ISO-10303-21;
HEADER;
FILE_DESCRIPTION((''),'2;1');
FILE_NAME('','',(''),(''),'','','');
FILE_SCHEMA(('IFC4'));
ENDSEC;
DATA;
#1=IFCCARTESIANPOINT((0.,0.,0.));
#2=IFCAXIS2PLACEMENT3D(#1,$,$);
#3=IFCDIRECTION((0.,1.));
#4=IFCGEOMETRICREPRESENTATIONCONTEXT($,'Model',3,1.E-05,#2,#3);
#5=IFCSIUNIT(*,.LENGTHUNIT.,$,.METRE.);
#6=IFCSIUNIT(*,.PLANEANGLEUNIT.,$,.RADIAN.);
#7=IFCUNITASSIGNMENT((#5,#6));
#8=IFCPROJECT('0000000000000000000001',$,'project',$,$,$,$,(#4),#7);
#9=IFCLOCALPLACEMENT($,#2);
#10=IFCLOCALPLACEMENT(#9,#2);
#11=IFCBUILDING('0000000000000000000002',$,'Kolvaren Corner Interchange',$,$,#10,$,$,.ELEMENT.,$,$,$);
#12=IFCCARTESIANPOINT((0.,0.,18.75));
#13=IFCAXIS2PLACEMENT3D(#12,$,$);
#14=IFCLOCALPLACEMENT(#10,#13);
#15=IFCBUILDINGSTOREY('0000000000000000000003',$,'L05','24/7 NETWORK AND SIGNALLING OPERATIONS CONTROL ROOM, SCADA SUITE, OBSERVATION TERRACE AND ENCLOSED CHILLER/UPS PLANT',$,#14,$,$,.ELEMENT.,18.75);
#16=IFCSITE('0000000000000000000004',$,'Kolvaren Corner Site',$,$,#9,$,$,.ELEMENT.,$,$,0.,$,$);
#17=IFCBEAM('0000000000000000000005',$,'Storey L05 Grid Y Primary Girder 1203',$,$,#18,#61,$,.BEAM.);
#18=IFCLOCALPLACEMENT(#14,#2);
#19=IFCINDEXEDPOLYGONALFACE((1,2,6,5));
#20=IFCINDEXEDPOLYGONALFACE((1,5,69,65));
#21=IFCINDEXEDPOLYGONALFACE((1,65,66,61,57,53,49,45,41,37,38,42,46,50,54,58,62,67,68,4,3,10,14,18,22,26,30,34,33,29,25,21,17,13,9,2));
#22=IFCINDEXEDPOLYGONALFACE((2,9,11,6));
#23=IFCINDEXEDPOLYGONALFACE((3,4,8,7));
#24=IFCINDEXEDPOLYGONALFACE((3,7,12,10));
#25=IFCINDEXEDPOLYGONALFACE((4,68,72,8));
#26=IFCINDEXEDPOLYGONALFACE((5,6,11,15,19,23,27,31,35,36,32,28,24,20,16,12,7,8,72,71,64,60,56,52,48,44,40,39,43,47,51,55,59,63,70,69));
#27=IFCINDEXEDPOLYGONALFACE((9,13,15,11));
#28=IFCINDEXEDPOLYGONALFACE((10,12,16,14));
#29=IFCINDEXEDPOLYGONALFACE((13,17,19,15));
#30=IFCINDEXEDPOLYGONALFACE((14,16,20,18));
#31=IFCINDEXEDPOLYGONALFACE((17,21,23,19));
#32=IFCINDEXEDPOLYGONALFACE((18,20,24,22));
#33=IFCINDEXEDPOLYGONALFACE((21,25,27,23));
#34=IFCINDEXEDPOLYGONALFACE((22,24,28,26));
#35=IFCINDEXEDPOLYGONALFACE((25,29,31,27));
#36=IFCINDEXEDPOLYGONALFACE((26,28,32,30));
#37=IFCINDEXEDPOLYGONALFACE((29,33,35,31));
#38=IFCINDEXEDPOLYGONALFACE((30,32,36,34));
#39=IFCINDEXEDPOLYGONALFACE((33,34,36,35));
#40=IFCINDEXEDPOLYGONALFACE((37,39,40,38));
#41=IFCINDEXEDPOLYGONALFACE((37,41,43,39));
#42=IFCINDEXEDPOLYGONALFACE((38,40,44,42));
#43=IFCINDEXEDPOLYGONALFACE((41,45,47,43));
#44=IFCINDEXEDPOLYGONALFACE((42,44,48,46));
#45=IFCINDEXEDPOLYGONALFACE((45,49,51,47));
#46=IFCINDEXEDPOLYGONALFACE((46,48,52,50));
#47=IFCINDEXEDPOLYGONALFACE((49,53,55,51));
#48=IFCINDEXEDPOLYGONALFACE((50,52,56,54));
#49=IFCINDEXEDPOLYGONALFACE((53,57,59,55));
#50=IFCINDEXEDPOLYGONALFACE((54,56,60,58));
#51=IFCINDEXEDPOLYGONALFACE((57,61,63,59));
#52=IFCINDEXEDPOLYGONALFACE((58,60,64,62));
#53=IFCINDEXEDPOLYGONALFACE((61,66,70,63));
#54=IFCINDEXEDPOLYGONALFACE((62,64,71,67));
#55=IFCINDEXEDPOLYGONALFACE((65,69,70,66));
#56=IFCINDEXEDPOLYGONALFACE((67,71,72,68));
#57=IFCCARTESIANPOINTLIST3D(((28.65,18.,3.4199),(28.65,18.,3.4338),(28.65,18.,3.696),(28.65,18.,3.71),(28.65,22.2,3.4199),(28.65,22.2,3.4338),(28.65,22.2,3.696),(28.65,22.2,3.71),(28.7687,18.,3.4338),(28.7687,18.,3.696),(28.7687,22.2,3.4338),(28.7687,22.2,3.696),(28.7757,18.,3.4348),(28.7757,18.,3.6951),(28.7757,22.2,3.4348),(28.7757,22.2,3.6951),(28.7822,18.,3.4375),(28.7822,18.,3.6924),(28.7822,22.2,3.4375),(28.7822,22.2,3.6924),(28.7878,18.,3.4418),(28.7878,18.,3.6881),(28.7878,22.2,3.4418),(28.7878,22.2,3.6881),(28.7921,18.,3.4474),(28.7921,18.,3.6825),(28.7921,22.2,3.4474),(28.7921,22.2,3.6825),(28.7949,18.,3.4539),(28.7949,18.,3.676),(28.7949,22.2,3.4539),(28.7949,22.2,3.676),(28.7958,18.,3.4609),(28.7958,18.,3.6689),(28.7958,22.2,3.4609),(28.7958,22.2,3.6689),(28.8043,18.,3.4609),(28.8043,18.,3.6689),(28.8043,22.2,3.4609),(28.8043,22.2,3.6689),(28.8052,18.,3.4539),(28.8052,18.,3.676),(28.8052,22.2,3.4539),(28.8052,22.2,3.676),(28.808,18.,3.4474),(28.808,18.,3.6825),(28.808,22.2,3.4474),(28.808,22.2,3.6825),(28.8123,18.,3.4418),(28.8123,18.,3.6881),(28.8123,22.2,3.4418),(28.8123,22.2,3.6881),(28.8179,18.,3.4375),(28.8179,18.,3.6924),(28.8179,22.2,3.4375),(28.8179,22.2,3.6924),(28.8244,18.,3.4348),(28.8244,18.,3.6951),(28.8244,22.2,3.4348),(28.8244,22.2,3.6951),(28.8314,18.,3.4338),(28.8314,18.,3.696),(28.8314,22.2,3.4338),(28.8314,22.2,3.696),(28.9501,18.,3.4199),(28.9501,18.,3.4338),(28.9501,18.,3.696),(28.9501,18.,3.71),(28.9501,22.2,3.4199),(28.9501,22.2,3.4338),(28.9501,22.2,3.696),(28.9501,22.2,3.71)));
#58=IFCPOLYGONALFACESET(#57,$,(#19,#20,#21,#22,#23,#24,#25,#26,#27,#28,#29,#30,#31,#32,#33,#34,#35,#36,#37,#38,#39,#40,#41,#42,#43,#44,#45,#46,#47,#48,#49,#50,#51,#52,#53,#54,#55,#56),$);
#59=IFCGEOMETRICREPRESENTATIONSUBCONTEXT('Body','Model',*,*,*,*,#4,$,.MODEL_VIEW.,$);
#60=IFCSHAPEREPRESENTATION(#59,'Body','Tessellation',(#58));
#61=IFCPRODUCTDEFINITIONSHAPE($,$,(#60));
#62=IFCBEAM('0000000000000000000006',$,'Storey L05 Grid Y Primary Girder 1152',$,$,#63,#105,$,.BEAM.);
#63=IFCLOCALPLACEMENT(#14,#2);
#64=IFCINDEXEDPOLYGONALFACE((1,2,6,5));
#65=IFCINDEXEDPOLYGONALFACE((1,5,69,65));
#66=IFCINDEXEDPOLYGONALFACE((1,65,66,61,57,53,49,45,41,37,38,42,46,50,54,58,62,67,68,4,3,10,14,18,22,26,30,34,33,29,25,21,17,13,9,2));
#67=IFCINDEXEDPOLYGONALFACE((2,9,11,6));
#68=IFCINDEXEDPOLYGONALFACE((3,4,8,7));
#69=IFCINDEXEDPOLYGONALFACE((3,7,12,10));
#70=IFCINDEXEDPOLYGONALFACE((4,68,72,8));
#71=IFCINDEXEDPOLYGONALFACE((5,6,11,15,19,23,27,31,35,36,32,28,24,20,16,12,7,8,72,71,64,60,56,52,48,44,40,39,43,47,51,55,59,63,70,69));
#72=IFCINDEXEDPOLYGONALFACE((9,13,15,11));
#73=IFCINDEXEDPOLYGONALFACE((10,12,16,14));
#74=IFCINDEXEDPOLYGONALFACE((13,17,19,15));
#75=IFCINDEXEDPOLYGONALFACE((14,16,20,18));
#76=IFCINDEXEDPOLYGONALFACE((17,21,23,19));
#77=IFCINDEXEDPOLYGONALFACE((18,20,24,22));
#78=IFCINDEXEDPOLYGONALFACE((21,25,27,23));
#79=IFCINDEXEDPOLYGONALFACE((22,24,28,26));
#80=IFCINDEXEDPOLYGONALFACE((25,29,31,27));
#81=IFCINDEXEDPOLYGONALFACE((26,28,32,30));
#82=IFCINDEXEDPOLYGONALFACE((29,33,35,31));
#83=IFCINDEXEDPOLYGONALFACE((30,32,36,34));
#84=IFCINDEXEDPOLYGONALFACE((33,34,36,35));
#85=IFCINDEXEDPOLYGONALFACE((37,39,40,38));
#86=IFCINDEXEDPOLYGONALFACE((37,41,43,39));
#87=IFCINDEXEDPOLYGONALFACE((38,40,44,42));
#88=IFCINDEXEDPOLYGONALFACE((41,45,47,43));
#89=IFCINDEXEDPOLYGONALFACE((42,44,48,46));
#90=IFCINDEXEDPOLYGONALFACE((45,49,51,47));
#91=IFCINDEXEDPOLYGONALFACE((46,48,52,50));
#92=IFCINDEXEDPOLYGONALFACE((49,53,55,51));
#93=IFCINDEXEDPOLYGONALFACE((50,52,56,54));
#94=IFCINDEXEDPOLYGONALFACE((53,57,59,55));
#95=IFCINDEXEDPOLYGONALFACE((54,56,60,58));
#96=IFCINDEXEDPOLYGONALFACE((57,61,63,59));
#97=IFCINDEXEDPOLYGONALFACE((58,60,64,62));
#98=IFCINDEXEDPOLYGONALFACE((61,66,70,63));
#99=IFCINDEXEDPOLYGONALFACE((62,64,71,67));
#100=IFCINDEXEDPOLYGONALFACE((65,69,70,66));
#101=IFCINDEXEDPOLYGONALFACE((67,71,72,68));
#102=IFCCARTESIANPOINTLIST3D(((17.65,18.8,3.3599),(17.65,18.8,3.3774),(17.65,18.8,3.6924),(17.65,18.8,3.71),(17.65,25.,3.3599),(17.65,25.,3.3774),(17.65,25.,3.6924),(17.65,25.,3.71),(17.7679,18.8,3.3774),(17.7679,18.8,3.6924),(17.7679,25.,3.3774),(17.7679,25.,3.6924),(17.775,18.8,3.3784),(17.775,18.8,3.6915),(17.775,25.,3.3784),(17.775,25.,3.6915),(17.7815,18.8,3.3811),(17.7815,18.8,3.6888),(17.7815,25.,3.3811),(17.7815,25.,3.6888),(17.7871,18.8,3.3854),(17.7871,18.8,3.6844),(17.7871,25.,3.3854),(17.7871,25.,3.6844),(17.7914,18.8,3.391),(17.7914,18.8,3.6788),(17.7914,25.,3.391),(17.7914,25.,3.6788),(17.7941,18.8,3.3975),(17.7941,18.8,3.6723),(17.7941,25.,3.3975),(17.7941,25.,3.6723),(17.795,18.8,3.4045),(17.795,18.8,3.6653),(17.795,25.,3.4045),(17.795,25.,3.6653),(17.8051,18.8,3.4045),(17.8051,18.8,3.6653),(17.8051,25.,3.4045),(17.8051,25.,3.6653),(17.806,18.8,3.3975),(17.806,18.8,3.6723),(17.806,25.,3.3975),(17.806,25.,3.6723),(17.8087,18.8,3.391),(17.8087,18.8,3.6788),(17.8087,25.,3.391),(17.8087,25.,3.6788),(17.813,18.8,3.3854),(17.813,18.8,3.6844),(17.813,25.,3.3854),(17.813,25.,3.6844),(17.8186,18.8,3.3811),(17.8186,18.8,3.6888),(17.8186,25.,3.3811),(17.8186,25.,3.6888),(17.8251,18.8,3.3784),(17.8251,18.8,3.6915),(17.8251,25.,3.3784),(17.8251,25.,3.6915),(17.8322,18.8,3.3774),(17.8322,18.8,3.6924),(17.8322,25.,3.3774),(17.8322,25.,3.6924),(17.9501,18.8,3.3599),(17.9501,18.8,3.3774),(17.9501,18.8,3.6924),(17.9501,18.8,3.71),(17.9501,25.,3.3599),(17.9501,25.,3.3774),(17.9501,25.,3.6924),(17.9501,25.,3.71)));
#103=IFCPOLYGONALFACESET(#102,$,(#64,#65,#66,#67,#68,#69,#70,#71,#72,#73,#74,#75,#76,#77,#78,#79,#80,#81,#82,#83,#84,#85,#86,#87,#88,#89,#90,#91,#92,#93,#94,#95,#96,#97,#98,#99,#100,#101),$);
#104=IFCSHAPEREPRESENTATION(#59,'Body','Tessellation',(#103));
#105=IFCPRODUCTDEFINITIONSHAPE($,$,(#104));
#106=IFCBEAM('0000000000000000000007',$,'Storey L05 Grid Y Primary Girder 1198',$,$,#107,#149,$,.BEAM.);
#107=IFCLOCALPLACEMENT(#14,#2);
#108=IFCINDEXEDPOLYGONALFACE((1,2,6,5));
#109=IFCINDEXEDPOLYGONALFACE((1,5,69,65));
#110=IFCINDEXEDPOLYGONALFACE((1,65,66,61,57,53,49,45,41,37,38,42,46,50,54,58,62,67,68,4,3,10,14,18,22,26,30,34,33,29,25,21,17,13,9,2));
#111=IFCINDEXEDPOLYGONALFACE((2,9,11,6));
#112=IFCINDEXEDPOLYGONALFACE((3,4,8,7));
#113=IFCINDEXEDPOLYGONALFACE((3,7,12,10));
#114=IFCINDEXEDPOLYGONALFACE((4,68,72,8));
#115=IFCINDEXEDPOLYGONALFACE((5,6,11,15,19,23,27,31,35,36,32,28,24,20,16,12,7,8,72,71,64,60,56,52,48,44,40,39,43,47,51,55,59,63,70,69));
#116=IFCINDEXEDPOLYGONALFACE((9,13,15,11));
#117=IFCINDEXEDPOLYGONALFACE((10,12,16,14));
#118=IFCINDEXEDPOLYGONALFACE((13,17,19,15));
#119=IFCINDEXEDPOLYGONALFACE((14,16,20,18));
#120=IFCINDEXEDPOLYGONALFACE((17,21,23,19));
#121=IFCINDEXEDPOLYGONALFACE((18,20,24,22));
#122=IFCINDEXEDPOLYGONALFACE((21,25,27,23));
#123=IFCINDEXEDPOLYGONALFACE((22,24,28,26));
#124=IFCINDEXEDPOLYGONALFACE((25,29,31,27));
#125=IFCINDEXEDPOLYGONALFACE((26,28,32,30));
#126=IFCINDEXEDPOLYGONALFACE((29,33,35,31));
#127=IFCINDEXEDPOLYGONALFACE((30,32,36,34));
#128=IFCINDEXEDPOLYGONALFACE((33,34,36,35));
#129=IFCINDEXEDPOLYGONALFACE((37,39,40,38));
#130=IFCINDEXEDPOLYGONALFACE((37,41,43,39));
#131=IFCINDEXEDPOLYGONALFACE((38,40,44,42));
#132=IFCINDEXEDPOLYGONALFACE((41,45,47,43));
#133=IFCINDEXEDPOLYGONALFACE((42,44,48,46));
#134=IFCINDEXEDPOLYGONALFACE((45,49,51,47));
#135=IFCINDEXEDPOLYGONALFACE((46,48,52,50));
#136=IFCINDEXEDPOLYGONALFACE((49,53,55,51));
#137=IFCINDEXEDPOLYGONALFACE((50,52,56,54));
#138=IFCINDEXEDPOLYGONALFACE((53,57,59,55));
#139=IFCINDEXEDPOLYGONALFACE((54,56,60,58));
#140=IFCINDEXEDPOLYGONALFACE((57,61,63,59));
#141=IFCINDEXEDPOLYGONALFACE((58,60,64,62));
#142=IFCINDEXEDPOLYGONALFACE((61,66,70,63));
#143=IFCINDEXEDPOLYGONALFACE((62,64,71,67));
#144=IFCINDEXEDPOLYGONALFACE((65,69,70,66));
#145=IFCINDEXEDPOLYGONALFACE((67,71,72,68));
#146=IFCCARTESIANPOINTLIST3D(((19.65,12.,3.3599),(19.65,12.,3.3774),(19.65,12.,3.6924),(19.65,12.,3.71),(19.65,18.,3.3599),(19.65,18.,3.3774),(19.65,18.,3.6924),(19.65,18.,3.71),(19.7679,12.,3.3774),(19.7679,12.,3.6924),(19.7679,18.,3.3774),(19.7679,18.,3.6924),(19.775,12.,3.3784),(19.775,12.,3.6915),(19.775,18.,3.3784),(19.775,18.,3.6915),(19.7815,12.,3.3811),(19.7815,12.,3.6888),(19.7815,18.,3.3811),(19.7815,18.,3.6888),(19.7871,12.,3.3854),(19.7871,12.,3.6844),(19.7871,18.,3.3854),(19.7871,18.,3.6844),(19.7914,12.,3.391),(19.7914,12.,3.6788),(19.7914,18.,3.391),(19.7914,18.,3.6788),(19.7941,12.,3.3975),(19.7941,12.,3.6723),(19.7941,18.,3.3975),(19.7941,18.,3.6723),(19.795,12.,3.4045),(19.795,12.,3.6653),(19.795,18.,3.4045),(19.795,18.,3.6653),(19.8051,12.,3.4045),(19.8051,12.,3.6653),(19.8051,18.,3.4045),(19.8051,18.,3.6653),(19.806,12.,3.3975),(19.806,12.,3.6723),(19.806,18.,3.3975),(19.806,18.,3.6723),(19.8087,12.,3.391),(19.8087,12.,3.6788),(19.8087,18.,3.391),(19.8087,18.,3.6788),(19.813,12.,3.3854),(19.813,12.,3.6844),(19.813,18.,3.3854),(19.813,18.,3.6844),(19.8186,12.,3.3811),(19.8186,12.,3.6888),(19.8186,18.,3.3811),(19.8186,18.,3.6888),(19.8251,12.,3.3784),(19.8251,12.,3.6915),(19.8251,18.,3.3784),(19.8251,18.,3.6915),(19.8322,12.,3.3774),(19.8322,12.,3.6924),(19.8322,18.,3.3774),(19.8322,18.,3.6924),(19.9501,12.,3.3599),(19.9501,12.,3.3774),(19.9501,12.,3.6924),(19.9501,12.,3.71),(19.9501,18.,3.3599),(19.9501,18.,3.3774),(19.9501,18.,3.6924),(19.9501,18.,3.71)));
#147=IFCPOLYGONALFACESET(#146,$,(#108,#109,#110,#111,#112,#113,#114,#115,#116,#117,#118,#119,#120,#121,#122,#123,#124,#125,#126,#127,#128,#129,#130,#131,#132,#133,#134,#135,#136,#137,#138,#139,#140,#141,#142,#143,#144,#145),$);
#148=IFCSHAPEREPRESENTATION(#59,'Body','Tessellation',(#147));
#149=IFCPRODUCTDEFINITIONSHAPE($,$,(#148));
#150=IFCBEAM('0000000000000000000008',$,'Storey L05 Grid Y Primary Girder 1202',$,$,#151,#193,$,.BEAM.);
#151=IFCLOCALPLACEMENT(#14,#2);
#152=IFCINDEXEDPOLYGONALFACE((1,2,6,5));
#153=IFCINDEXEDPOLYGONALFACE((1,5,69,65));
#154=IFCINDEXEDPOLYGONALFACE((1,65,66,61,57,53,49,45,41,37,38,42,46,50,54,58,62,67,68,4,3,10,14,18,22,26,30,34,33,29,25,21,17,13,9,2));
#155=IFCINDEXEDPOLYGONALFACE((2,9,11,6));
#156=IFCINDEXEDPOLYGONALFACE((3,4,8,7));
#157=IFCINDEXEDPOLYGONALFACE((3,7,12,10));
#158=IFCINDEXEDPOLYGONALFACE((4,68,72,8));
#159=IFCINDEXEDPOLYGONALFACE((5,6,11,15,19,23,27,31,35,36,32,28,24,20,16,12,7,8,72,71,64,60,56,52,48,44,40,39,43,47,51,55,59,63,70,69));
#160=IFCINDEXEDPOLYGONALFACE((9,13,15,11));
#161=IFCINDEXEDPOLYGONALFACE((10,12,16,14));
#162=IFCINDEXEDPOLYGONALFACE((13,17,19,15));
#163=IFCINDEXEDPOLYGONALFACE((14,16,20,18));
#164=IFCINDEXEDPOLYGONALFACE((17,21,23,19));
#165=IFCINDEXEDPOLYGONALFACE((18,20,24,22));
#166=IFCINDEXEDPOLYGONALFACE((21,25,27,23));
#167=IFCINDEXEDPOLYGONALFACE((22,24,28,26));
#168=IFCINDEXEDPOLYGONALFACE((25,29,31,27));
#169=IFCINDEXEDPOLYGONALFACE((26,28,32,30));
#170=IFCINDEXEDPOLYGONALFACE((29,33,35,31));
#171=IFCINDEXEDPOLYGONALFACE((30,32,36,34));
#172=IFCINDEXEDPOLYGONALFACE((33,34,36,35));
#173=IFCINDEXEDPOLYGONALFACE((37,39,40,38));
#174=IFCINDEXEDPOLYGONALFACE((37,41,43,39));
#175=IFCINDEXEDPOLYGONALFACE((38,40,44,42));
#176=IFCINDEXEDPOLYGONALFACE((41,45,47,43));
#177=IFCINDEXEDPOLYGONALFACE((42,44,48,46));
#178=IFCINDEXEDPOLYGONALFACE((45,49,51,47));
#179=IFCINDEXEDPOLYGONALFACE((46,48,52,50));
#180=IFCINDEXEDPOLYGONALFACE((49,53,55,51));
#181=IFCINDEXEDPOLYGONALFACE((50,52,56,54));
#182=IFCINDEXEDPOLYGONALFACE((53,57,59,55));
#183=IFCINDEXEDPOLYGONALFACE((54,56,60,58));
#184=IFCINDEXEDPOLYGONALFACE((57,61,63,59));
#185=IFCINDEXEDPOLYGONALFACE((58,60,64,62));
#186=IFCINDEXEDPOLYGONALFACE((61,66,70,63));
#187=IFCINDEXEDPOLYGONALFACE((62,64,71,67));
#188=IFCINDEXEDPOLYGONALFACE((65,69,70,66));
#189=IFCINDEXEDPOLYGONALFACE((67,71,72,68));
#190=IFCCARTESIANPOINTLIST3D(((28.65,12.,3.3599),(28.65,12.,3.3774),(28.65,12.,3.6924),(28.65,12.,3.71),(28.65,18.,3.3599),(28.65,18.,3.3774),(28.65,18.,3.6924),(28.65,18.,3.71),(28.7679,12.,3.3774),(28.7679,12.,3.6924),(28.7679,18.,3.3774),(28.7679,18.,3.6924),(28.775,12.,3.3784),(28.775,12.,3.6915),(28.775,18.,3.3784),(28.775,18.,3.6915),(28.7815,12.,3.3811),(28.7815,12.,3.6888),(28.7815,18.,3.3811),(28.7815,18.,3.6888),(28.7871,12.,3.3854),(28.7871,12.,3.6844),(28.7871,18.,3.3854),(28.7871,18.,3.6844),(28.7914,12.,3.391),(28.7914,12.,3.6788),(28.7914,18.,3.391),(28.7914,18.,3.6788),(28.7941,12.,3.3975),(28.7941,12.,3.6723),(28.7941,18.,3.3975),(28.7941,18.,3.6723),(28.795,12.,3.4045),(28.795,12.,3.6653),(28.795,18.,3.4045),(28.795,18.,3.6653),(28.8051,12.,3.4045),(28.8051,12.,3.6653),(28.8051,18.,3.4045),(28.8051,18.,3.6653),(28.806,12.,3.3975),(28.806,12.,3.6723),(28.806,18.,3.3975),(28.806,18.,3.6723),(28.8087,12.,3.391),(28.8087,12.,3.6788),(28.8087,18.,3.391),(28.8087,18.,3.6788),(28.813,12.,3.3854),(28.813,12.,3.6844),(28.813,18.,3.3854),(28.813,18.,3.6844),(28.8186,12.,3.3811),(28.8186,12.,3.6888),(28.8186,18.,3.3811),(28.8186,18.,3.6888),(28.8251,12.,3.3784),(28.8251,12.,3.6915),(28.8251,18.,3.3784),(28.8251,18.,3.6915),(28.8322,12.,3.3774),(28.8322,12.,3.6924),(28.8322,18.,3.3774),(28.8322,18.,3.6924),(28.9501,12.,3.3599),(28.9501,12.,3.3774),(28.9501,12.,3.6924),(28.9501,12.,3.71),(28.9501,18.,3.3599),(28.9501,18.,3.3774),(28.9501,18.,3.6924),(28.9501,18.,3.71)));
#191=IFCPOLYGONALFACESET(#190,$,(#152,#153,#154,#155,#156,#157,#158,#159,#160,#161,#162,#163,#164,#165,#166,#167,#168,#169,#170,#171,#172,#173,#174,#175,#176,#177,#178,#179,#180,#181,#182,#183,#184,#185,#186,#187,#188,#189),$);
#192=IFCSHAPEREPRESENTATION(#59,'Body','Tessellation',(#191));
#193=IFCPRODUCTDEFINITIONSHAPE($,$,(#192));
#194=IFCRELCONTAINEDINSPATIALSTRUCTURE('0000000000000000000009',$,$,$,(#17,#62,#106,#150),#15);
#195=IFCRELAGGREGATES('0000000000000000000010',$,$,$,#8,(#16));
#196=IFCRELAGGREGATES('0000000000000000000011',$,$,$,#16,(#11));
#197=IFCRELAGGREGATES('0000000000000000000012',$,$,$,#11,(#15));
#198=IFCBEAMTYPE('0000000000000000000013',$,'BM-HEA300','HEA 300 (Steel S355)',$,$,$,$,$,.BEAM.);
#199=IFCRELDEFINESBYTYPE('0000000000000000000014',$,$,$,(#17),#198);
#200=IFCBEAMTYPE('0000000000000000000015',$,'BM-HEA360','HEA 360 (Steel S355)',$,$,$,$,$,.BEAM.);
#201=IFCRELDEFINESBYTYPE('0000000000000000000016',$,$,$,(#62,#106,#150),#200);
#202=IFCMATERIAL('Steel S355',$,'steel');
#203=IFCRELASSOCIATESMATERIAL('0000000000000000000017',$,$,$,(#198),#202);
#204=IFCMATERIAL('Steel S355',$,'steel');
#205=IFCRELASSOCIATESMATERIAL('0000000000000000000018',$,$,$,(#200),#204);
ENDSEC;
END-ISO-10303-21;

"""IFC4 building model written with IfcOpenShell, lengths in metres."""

from ifc_helpers import new_model, si_unit, direction, frame, origin, origin_2d, place, context, subcontext, project, spatial, i_section, extrude, material, material_profile, profile_set, type_object, element, save


model = new_model("IFC4")

# Units and contexts
model_context = context("Model", 3, precision=1e-05, world=origin(), true_north=direction((0.0, 1.0)))
body_context = subcontext(model_context, "Body", "Model", "MODEL_VIEW")
ifc_project = project(units=[si_unit("LENGTHUNIT", "METRE"), si_unit("PLANEANGLEUNIT", "RADIAN")], contexts=[model_context])

# Site, building, storey
site_placement = place(None, origin())
site = spatial("IfcSite", under=ifc_project, at=site_placement, Name="Kolvaren Corner Site", CompositionType="ELEMENT", RefElevation=0.0)
building_placement = place(site_placement, origin())
building = spatial("IfcBuilding", under=site, at=building_placement, Name="Kolvaren Corner Interchange", CompositionType="ELEMENT")
storey_placement = place(building_placement, frame((0.0, 0.0, 18.75)))
storey = spatial("IfcBuildingStorey", under=building, at=storey_placement, Name="L05", Description="24/7 NETWORK AND SIGNALLING OPERATIONS CONTROL ROOM, SCADA SUITE, OBSERVATION TERRACE AND ENCLOSED CHILLER/UPS PLANT", CompositionType="ELEMENT", Elevation=18.75)

# Beams
ifc_material_1 = material(Name="Steel S355", Category="steel")
ifc_material_profile_1 = material_profile(ifc_material_1, i_section(OverallWidth=0.3, OverallDepth=0.29, WebThickness=0.0085, FlangeThickness=0.0139, FilletRadius=0.0271, at=origin_2d()), Name="HEA 300")
ifc_profile_set_1 = profile_set([ifc_material_profile_1], Name="Steel S355")
beam_type_1 = type_object("IfcBeamType", Name="BM-HEA300", Description="HEA 300 (Steel S355)", PredefinedType="BEAM", material=ifc_profile_set_1)
for number, where, z_axis, x_axis, name in (
    (1, (28.8, 18.0, 3.5649), (0.0, 1.0, 0.0), (-1.0, 0.0, 0.0), "Storey L05 Grid Y Primary Girder 1203"),
):
    element("IfcBeam", number, at=place(storey_placement, frame(where, z_axis=z_axis, x_axis=x_axis)), inside=storey, type_object=beam_type_1, Name=name, PredefinedType="BEAM", context=body_context, shape_type="SweptSolid", body=[
        extrude(i_section(OverallWidth=0.3, OverallDepth=0.29, WebThickness=0.0085, FlangeThickness=0.0139, FilletRadius=0.0271, at=origin_2d()), origin(), (0.0, 0.0, 1.0), 4.2),
    ])
ifc_material_2 = material(Name="Steel S355", Category="steel")
ifc_material_profile_2 = material_profile(ifc_material_2, i_section(OverallWidth=0.3, OverallDepth=0.3501, WebThickness=0.01, FlangeThickness=0.0176, FilletRadius=0.0271, at=origin_2d()), Name="HEA 360")
ifc_profile_set_2 = profile_set([ifc_material_profile_2], Name="Steel S355")
beam_type_2 = type_object("IfcBeamType", Name="BM-HEA360", Description="HEA 360 (Steel S355)", PredefinedType="BEAM", material=ifc_profile_set_2)
beam_placement = place(storey_placement, frame((17.8, 18.8, 3.5349), z_axis=(0.0, 1.0, 0.0), x_axis=(-1.0, 0.0, 0.0)))
element("IfcBeam", 2, at=beam_placement, inside=storey, type_object=beam_type_2, Name="Storey L05 Grid Y Primary Girder 1152", PredefinedType="BEAM", context=body_context, shape_type="SweptSolid", body=[
    extrude(i_section(OverallWidth=0.3, OverallDepth=0.3501, WebThickness=0.01, FlangeThickness=0.0176, FilletRadius=0.0271, at=origin_2d()), origin(), (0.0, 0.0, 1.0), 6.2),
])
for number, where, z_axis, x_axis, name in (
    (3, (19.8, 12.0, 3.5349), (0.0, 1.0, 0.0), (-1.0, 0.0, 0.0), "Storey L05 Grid Y Primary Girder 1198"),
    (4, (28.8, 12.0, 3.5349), (0.0, 1.0, 0.0), (-1.0, 0.0, 0.0), "Storey L05 Grid Y Primary Girder 1202"),
):
    element("IfcBeam", number, at=place(storey_placement, frame(where, z_axis=z_axis, x_axis=x_axis)), inside=storey, type_object=beam_type_2, Name=name, PredefinedType="BEAM", context=body_context, shape_type="SweptSolid", body=[
        extrude(i_section(OverallWidth=0.3, OverallDepth=0.3501, WebThickness=0.01, FlangeThickness=0.0176, FilletRadius=0.0271, at=origin_2d()), origin(), (0.0, 0.0, 1.0), 6.0),
    ])

save(model, "model.ifc")
